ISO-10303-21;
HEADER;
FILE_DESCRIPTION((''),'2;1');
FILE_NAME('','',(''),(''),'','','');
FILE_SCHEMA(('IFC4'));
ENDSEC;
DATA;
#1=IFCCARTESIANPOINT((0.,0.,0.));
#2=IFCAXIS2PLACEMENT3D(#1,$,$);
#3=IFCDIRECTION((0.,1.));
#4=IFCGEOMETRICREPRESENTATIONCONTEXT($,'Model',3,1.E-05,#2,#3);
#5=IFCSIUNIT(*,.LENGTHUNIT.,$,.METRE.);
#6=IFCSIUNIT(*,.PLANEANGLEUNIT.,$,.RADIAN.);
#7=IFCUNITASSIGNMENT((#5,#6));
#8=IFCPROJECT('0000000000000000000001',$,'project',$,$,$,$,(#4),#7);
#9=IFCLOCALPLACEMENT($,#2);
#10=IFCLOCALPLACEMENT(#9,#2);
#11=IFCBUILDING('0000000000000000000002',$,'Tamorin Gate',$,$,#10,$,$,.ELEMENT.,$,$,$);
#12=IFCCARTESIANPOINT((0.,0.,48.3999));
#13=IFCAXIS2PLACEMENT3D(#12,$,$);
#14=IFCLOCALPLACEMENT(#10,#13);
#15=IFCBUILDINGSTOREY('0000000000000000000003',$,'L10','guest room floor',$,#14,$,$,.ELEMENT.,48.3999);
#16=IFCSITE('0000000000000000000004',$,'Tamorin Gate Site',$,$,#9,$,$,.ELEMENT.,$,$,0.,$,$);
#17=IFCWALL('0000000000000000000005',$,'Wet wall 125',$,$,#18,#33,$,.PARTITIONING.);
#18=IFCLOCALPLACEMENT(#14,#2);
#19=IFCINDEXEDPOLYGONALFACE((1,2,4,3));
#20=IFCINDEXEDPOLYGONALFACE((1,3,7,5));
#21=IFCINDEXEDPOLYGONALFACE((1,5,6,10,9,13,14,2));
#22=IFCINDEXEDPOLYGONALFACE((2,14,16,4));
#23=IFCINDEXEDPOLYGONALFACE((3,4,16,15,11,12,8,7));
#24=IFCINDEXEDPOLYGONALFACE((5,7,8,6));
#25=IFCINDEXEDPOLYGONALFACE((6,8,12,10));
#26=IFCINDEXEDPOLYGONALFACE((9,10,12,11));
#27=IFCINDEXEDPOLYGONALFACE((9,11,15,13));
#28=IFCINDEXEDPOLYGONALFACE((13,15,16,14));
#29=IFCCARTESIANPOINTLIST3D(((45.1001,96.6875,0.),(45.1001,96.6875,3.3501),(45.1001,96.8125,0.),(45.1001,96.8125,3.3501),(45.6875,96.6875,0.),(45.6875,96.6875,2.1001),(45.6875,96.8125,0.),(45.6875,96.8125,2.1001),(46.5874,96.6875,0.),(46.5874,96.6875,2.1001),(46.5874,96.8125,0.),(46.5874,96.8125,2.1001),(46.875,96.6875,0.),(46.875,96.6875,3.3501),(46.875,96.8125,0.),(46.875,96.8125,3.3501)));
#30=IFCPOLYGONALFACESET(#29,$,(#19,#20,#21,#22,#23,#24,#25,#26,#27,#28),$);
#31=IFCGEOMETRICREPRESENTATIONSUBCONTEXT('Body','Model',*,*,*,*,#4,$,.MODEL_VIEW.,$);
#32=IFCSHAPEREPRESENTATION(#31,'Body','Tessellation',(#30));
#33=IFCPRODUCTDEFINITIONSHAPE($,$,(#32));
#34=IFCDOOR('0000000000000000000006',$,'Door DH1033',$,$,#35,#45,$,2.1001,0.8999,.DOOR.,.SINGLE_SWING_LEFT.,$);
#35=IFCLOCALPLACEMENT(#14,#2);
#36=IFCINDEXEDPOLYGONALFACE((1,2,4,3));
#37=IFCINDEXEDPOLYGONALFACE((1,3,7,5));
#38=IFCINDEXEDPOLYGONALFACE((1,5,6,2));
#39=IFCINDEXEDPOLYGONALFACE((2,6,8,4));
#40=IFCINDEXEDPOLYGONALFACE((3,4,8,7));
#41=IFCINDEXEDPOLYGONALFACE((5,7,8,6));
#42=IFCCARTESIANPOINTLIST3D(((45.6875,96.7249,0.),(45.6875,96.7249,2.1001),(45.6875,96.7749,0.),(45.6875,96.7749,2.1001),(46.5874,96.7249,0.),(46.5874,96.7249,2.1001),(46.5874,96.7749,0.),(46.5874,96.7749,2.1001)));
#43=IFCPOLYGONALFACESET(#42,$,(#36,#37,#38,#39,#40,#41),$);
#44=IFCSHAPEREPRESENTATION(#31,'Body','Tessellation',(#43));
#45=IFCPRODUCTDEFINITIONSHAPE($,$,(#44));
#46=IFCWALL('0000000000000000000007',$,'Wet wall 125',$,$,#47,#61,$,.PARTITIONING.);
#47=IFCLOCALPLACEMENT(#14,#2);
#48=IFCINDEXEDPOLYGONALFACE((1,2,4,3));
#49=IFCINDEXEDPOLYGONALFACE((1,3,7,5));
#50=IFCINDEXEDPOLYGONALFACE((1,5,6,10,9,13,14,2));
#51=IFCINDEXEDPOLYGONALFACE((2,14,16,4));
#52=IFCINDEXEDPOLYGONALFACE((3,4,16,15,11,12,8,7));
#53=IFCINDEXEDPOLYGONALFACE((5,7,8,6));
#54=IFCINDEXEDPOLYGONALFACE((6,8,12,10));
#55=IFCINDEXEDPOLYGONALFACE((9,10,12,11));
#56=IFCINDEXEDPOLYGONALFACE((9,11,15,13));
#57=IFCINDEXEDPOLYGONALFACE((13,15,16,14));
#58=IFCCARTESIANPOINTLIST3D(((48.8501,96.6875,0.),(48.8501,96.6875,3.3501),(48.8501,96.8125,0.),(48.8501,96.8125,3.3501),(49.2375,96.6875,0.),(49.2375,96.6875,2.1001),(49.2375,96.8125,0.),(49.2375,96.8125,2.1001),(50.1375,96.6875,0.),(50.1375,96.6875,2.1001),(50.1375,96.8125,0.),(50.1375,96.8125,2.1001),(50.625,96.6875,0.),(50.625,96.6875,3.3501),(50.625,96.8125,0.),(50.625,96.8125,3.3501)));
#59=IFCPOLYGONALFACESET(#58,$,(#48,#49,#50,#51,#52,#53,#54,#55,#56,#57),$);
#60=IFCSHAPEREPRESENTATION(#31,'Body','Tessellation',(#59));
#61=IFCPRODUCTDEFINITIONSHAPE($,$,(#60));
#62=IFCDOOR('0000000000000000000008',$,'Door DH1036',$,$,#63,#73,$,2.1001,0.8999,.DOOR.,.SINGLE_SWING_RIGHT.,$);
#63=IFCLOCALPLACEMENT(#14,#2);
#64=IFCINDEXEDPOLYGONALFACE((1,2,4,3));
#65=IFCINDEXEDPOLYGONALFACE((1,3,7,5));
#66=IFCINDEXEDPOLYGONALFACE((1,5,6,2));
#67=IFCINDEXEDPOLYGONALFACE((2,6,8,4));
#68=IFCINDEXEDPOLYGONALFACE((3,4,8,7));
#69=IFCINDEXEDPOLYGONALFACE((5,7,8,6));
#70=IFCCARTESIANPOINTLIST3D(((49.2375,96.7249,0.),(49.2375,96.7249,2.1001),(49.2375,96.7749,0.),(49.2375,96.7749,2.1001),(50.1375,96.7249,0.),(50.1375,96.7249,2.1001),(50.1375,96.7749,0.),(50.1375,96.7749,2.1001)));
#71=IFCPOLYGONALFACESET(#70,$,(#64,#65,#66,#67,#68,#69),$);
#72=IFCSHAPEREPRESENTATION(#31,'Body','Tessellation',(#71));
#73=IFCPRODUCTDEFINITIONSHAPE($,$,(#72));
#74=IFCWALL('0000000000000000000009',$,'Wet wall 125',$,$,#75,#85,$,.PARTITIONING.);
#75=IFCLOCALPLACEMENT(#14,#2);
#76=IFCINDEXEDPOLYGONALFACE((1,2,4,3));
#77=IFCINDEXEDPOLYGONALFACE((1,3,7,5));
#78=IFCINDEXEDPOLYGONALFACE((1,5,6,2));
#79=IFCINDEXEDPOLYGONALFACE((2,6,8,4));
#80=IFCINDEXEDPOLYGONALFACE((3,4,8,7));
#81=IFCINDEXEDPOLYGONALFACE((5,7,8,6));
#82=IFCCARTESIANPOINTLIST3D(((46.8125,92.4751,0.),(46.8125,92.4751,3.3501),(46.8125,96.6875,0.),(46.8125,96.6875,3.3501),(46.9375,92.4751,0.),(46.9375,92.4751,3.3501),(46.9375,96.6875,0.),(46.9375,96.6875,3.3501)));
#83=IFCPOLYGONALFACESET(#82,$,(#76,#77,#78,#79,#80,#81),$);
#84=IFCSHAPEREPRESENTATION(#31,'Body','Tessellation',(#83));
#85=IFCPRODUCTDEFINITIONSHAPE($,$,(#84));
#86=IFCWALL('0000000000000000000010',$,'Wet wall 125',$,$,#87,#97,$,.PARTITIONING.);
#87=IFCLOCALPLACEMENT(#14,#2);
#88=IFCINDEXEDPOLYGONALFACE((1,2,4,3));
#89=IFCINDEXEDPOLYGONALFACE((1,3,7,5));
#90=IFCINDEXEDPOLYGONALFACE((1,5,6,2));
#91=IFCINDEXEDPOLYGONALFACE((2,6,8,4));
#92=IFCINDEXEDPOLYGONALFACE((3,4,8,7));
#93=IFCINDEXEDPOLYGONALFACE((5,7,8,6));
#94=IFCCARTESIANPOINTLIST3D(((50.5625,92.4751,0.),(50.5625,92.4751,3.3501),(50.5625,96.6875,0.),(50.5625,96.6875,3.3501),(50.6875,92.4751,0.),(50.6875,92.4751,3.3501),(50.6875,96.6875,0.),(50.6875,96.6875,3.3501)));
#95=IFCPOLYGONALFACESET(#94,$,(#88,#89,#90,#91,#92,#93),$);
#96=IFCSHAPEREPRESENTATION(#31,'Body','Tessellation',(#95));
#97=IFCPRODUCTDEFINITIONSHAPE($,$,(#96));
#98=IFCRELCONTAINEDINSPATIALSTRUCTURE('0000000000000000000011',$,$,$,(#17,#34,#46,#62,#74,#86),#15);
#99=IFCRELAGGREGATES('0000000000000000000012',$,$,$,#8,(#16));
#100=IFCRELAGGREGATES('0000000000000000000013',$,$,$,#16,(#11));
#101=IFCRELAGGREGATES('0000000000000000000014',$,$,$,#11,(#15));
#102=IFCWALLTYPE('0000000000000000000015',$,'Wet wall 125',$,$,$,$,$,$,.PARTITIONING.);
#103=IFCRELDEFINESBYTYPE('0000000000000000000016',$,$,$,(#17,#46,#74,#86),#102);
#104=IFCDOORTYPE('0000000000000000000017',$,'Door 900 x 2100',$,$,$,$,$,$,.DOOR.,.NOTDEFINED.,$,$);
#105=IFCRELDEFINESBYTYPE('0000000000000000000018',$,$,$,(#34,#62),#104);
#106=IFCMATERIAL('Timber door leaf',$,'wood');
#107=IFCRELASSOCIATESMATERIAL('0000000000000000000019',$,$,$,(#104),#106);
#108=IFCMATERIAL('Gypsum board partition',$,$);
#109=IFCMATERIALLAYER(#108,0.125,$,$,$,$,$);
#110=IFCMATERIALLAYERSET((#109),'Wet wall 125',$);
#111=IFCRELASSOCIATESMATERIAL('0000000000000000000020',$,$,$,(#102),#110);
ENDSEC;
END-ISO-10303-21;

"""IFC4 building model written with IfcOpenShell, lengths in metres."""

from ifc_helpers import new_model, si_unit, direction, frame, frame_2d, origin, place, context, subcontext, project, spatial, rectangle, extrude, material, layer, layer_set, type_object, element, fill, save


model = new_model("IFC4")

# Units and contexts
model_context = context("Model", 3, precision=1e-05, world=origin(), true_north=direction((0.0, 1.0)))
body_context = subcontext(model_context, "Body", "Model", "MODEL_VIEW")
ifc_project = project(units=[si_unit("LENGTHUNIT", "METRE"), si_unit("PLANEANGLEUNIT", "RADIAN")], contexts=[model_context])

# Site, building, storey
site_placement = place(None, origin())
site = spatial("IfcSite", under=ifc_project, at=site_placement, Name="Tamorin Gate Site", CompositionType="ELEMENT", RefElevation=0.0)
building_placement = place(site_placement, origin())
building = spatial("IfcBuilding", under=site, at=building_placement, Name="Tamorin Gate", CompositionType="ELEMENT")
storey_placement = place(building_placement, frame((0.0, 0.0, 48.3999)))
storey = spatial("IfcBuildingStorey", under=building, at=storey_placement, Name="L10", Description="guest room floor", CompositionType="ELEMENT", Elevation=48.3999)

# Shared definitions
ifc_material_1 = material(Name="Gypsum board partition")

# Walls, openings, doors
ifc_material_2 = material(Name="Timber door leaf", Category="wood")
door_type = type_object("IfcDoorType", Name="Door 900 x 2100", OperationType="NOTDEFINED", PredefinedType="DOOR", material=ifc_material_2)
ifc_layer_1 = layer(ifc_material_1, 0.125)
ifc_layer_set_1 = layer_set([ifc_layer_1], Name="Wet wall 125")
wall_type_1 = type_object("IfcWallType", Name="Wet wall 125", PredefinedType="PARTITIONING", material=ifc_layer_set_1)
wall_1_placement = place(storey_placement, frame((45.1001, 96.75, 0.0), z_axis=(0.0, 0.0, 1.0), x_axis=(1.0, 0.0, 0.0)))
wall_1 = element("IfcWall", 1, at=wall_1_placement, inside=storey, type_object=wall_type_1, Name="Wet wall 125", PredefinedType="PARTITIONING", context=body_context, shape_type="SweptSolid", body=[
    extrude(rectangle(XDim=1.7749, YDim=0.125, at=frame_2d((0.8875, 0.0))), origin(), (0.0, 0.0, 1.0), 3.3501),
])
opening_1_placement = place(wall_1_placement, frame((0.5874, 0.0, 0.0)))
opening_1 = element("IfcOpeningElement", 2, at=opening_1_placement, cuts=wall_1, PredefinedType="OPENING", context=body_context, shape_type="SweptSolid", body=[
    extrude(rectangle(XDim=0.8999, YDim=2.1001, at=frame_2d((0.45, 1.05))), frame((0.0, 0.0725, 0.0), z_axis=(0.0, -1.0, 0.0), x_axis=(1.0, 0.0, 0.0)), (0.0, 0.0, 1.0), 0.145),
])
door_1_placement = place(opening_1_placement, origin())
door_1 = element("IfcDoor", 3, at=door_1_placement, inside=storey, type_object=door_type, Name="Door DH1033", OperationType="SINGLE_SWING_LEFT", OverallHeight=2.1001, OverallWidth=0.8999, PredefinedType="DOOR", context=body_context, shape_type="SweptSolid", body=[
    extrude(rectangle(XDim=0.8999, YDim=2.1001, at=frame_2d((0.45, 1.05))), frame((0.0, 0.0249, 0.0), z_axis=(0.0, -1.0, 0.0), x_axis=(1.0, 0.0, 0.0)), (0.0, 0.0, 1.0), 0.05),
])
fill(opening_1, door_1)
wall_2_placement = place(storey_placement, frame((48.8501, 96.75, 0.0), z_axis=(0.0, 0.0, 1.0), x_axis=(1.0, 0.0, 0.0)))
wall_2 = element("IfcWall", 4, at=wall_2_placement, inside=storey, type_object=wall_type_1, Name="Wet wall 125", PredefinedType="PARTITIONING", context=body_context, shape_type="SweptSolid", body=[
    extrude(rectangle(XDim=1.7749, YDim=0.125, at=frame_2d((0.8875, 0.0))), origin(), (0.0, 0.0, 1.0), 3.3501),
])
opening_2_placement = place(wall_2_placement, frame((0.3875, 0.0, 0.0)))
opening_2 = element("IfcOpeningElement", 5, at=opening_2_placement, cuts=wall_2, PredefinedType="OPENING", context=body_context, shape_type="SweptSolid", body=[
    extrude(rectangle(XDim=0.8999, YDim=2.1001, at=frame_2d((0.45, 1.05))), frame((0.0, 0.0725, 0.0), z_axis=(0.0, -1.0, 0.0), x_axis=(1.0, 0.0, 0.0)), (0.0, 0.0, 1.0), 0.145),
])
door_2_placement = place(opening_2_placement, origin())
door_2 = element("IfcDoor", 6, at=door_2_placement, inside=storey, type_object=door_type, Name="Door DH1036", OperationType="SINGLE_SWING_RIGHT", OverallHeight=2.1001, OverallWidth=0.8999, PredefinedType="DOOR", context=body_context, shape_type="SweptSolid", body=[
    extrude(rectangle(XDim=0.8999, YDim=2.1001, at=frame_2d((0.45, 1.05))), frame((0.0, 0.0249, 0.0), z_axis=(0.0, -1.0, 0.0), x_axis=(1.0, 0.0, 0.0)), (0.0, 0.0, 1.0), 0.05),
])
fill(opening_2, door_2)

# Walls
for number, where, z_axis, x_axis, name in (
    (7, (46.875, 92.4751, 0.0), (0.0, 0.0, 1.0), (0.0, 1.0, 0.0), "Wet wall 125"),
    (8, (50.625, 92.4751, 0.0), (0.0, 0.0, 1.0), (0.0, 1.0, 0.0), "Wet wall 125"),
):
    element("IfcWall", number, at=place(storey_placement, frame(where, z_axis=z_axis, x_axis=x_axis)), inside=storey, type_object=wall_type_1, Name=name, PredefinedType="PARTITIONING", context=body_context, shape_type="SweptSolid", body=[
        extrude(rectangle(XDim=4.2124, YDim=0.125, at=frame_2d((2.1062, 0.0))), origin(), (0.0, 0.0, 1.0), 3.3501),
    ])

save(model, "model.ifc")
